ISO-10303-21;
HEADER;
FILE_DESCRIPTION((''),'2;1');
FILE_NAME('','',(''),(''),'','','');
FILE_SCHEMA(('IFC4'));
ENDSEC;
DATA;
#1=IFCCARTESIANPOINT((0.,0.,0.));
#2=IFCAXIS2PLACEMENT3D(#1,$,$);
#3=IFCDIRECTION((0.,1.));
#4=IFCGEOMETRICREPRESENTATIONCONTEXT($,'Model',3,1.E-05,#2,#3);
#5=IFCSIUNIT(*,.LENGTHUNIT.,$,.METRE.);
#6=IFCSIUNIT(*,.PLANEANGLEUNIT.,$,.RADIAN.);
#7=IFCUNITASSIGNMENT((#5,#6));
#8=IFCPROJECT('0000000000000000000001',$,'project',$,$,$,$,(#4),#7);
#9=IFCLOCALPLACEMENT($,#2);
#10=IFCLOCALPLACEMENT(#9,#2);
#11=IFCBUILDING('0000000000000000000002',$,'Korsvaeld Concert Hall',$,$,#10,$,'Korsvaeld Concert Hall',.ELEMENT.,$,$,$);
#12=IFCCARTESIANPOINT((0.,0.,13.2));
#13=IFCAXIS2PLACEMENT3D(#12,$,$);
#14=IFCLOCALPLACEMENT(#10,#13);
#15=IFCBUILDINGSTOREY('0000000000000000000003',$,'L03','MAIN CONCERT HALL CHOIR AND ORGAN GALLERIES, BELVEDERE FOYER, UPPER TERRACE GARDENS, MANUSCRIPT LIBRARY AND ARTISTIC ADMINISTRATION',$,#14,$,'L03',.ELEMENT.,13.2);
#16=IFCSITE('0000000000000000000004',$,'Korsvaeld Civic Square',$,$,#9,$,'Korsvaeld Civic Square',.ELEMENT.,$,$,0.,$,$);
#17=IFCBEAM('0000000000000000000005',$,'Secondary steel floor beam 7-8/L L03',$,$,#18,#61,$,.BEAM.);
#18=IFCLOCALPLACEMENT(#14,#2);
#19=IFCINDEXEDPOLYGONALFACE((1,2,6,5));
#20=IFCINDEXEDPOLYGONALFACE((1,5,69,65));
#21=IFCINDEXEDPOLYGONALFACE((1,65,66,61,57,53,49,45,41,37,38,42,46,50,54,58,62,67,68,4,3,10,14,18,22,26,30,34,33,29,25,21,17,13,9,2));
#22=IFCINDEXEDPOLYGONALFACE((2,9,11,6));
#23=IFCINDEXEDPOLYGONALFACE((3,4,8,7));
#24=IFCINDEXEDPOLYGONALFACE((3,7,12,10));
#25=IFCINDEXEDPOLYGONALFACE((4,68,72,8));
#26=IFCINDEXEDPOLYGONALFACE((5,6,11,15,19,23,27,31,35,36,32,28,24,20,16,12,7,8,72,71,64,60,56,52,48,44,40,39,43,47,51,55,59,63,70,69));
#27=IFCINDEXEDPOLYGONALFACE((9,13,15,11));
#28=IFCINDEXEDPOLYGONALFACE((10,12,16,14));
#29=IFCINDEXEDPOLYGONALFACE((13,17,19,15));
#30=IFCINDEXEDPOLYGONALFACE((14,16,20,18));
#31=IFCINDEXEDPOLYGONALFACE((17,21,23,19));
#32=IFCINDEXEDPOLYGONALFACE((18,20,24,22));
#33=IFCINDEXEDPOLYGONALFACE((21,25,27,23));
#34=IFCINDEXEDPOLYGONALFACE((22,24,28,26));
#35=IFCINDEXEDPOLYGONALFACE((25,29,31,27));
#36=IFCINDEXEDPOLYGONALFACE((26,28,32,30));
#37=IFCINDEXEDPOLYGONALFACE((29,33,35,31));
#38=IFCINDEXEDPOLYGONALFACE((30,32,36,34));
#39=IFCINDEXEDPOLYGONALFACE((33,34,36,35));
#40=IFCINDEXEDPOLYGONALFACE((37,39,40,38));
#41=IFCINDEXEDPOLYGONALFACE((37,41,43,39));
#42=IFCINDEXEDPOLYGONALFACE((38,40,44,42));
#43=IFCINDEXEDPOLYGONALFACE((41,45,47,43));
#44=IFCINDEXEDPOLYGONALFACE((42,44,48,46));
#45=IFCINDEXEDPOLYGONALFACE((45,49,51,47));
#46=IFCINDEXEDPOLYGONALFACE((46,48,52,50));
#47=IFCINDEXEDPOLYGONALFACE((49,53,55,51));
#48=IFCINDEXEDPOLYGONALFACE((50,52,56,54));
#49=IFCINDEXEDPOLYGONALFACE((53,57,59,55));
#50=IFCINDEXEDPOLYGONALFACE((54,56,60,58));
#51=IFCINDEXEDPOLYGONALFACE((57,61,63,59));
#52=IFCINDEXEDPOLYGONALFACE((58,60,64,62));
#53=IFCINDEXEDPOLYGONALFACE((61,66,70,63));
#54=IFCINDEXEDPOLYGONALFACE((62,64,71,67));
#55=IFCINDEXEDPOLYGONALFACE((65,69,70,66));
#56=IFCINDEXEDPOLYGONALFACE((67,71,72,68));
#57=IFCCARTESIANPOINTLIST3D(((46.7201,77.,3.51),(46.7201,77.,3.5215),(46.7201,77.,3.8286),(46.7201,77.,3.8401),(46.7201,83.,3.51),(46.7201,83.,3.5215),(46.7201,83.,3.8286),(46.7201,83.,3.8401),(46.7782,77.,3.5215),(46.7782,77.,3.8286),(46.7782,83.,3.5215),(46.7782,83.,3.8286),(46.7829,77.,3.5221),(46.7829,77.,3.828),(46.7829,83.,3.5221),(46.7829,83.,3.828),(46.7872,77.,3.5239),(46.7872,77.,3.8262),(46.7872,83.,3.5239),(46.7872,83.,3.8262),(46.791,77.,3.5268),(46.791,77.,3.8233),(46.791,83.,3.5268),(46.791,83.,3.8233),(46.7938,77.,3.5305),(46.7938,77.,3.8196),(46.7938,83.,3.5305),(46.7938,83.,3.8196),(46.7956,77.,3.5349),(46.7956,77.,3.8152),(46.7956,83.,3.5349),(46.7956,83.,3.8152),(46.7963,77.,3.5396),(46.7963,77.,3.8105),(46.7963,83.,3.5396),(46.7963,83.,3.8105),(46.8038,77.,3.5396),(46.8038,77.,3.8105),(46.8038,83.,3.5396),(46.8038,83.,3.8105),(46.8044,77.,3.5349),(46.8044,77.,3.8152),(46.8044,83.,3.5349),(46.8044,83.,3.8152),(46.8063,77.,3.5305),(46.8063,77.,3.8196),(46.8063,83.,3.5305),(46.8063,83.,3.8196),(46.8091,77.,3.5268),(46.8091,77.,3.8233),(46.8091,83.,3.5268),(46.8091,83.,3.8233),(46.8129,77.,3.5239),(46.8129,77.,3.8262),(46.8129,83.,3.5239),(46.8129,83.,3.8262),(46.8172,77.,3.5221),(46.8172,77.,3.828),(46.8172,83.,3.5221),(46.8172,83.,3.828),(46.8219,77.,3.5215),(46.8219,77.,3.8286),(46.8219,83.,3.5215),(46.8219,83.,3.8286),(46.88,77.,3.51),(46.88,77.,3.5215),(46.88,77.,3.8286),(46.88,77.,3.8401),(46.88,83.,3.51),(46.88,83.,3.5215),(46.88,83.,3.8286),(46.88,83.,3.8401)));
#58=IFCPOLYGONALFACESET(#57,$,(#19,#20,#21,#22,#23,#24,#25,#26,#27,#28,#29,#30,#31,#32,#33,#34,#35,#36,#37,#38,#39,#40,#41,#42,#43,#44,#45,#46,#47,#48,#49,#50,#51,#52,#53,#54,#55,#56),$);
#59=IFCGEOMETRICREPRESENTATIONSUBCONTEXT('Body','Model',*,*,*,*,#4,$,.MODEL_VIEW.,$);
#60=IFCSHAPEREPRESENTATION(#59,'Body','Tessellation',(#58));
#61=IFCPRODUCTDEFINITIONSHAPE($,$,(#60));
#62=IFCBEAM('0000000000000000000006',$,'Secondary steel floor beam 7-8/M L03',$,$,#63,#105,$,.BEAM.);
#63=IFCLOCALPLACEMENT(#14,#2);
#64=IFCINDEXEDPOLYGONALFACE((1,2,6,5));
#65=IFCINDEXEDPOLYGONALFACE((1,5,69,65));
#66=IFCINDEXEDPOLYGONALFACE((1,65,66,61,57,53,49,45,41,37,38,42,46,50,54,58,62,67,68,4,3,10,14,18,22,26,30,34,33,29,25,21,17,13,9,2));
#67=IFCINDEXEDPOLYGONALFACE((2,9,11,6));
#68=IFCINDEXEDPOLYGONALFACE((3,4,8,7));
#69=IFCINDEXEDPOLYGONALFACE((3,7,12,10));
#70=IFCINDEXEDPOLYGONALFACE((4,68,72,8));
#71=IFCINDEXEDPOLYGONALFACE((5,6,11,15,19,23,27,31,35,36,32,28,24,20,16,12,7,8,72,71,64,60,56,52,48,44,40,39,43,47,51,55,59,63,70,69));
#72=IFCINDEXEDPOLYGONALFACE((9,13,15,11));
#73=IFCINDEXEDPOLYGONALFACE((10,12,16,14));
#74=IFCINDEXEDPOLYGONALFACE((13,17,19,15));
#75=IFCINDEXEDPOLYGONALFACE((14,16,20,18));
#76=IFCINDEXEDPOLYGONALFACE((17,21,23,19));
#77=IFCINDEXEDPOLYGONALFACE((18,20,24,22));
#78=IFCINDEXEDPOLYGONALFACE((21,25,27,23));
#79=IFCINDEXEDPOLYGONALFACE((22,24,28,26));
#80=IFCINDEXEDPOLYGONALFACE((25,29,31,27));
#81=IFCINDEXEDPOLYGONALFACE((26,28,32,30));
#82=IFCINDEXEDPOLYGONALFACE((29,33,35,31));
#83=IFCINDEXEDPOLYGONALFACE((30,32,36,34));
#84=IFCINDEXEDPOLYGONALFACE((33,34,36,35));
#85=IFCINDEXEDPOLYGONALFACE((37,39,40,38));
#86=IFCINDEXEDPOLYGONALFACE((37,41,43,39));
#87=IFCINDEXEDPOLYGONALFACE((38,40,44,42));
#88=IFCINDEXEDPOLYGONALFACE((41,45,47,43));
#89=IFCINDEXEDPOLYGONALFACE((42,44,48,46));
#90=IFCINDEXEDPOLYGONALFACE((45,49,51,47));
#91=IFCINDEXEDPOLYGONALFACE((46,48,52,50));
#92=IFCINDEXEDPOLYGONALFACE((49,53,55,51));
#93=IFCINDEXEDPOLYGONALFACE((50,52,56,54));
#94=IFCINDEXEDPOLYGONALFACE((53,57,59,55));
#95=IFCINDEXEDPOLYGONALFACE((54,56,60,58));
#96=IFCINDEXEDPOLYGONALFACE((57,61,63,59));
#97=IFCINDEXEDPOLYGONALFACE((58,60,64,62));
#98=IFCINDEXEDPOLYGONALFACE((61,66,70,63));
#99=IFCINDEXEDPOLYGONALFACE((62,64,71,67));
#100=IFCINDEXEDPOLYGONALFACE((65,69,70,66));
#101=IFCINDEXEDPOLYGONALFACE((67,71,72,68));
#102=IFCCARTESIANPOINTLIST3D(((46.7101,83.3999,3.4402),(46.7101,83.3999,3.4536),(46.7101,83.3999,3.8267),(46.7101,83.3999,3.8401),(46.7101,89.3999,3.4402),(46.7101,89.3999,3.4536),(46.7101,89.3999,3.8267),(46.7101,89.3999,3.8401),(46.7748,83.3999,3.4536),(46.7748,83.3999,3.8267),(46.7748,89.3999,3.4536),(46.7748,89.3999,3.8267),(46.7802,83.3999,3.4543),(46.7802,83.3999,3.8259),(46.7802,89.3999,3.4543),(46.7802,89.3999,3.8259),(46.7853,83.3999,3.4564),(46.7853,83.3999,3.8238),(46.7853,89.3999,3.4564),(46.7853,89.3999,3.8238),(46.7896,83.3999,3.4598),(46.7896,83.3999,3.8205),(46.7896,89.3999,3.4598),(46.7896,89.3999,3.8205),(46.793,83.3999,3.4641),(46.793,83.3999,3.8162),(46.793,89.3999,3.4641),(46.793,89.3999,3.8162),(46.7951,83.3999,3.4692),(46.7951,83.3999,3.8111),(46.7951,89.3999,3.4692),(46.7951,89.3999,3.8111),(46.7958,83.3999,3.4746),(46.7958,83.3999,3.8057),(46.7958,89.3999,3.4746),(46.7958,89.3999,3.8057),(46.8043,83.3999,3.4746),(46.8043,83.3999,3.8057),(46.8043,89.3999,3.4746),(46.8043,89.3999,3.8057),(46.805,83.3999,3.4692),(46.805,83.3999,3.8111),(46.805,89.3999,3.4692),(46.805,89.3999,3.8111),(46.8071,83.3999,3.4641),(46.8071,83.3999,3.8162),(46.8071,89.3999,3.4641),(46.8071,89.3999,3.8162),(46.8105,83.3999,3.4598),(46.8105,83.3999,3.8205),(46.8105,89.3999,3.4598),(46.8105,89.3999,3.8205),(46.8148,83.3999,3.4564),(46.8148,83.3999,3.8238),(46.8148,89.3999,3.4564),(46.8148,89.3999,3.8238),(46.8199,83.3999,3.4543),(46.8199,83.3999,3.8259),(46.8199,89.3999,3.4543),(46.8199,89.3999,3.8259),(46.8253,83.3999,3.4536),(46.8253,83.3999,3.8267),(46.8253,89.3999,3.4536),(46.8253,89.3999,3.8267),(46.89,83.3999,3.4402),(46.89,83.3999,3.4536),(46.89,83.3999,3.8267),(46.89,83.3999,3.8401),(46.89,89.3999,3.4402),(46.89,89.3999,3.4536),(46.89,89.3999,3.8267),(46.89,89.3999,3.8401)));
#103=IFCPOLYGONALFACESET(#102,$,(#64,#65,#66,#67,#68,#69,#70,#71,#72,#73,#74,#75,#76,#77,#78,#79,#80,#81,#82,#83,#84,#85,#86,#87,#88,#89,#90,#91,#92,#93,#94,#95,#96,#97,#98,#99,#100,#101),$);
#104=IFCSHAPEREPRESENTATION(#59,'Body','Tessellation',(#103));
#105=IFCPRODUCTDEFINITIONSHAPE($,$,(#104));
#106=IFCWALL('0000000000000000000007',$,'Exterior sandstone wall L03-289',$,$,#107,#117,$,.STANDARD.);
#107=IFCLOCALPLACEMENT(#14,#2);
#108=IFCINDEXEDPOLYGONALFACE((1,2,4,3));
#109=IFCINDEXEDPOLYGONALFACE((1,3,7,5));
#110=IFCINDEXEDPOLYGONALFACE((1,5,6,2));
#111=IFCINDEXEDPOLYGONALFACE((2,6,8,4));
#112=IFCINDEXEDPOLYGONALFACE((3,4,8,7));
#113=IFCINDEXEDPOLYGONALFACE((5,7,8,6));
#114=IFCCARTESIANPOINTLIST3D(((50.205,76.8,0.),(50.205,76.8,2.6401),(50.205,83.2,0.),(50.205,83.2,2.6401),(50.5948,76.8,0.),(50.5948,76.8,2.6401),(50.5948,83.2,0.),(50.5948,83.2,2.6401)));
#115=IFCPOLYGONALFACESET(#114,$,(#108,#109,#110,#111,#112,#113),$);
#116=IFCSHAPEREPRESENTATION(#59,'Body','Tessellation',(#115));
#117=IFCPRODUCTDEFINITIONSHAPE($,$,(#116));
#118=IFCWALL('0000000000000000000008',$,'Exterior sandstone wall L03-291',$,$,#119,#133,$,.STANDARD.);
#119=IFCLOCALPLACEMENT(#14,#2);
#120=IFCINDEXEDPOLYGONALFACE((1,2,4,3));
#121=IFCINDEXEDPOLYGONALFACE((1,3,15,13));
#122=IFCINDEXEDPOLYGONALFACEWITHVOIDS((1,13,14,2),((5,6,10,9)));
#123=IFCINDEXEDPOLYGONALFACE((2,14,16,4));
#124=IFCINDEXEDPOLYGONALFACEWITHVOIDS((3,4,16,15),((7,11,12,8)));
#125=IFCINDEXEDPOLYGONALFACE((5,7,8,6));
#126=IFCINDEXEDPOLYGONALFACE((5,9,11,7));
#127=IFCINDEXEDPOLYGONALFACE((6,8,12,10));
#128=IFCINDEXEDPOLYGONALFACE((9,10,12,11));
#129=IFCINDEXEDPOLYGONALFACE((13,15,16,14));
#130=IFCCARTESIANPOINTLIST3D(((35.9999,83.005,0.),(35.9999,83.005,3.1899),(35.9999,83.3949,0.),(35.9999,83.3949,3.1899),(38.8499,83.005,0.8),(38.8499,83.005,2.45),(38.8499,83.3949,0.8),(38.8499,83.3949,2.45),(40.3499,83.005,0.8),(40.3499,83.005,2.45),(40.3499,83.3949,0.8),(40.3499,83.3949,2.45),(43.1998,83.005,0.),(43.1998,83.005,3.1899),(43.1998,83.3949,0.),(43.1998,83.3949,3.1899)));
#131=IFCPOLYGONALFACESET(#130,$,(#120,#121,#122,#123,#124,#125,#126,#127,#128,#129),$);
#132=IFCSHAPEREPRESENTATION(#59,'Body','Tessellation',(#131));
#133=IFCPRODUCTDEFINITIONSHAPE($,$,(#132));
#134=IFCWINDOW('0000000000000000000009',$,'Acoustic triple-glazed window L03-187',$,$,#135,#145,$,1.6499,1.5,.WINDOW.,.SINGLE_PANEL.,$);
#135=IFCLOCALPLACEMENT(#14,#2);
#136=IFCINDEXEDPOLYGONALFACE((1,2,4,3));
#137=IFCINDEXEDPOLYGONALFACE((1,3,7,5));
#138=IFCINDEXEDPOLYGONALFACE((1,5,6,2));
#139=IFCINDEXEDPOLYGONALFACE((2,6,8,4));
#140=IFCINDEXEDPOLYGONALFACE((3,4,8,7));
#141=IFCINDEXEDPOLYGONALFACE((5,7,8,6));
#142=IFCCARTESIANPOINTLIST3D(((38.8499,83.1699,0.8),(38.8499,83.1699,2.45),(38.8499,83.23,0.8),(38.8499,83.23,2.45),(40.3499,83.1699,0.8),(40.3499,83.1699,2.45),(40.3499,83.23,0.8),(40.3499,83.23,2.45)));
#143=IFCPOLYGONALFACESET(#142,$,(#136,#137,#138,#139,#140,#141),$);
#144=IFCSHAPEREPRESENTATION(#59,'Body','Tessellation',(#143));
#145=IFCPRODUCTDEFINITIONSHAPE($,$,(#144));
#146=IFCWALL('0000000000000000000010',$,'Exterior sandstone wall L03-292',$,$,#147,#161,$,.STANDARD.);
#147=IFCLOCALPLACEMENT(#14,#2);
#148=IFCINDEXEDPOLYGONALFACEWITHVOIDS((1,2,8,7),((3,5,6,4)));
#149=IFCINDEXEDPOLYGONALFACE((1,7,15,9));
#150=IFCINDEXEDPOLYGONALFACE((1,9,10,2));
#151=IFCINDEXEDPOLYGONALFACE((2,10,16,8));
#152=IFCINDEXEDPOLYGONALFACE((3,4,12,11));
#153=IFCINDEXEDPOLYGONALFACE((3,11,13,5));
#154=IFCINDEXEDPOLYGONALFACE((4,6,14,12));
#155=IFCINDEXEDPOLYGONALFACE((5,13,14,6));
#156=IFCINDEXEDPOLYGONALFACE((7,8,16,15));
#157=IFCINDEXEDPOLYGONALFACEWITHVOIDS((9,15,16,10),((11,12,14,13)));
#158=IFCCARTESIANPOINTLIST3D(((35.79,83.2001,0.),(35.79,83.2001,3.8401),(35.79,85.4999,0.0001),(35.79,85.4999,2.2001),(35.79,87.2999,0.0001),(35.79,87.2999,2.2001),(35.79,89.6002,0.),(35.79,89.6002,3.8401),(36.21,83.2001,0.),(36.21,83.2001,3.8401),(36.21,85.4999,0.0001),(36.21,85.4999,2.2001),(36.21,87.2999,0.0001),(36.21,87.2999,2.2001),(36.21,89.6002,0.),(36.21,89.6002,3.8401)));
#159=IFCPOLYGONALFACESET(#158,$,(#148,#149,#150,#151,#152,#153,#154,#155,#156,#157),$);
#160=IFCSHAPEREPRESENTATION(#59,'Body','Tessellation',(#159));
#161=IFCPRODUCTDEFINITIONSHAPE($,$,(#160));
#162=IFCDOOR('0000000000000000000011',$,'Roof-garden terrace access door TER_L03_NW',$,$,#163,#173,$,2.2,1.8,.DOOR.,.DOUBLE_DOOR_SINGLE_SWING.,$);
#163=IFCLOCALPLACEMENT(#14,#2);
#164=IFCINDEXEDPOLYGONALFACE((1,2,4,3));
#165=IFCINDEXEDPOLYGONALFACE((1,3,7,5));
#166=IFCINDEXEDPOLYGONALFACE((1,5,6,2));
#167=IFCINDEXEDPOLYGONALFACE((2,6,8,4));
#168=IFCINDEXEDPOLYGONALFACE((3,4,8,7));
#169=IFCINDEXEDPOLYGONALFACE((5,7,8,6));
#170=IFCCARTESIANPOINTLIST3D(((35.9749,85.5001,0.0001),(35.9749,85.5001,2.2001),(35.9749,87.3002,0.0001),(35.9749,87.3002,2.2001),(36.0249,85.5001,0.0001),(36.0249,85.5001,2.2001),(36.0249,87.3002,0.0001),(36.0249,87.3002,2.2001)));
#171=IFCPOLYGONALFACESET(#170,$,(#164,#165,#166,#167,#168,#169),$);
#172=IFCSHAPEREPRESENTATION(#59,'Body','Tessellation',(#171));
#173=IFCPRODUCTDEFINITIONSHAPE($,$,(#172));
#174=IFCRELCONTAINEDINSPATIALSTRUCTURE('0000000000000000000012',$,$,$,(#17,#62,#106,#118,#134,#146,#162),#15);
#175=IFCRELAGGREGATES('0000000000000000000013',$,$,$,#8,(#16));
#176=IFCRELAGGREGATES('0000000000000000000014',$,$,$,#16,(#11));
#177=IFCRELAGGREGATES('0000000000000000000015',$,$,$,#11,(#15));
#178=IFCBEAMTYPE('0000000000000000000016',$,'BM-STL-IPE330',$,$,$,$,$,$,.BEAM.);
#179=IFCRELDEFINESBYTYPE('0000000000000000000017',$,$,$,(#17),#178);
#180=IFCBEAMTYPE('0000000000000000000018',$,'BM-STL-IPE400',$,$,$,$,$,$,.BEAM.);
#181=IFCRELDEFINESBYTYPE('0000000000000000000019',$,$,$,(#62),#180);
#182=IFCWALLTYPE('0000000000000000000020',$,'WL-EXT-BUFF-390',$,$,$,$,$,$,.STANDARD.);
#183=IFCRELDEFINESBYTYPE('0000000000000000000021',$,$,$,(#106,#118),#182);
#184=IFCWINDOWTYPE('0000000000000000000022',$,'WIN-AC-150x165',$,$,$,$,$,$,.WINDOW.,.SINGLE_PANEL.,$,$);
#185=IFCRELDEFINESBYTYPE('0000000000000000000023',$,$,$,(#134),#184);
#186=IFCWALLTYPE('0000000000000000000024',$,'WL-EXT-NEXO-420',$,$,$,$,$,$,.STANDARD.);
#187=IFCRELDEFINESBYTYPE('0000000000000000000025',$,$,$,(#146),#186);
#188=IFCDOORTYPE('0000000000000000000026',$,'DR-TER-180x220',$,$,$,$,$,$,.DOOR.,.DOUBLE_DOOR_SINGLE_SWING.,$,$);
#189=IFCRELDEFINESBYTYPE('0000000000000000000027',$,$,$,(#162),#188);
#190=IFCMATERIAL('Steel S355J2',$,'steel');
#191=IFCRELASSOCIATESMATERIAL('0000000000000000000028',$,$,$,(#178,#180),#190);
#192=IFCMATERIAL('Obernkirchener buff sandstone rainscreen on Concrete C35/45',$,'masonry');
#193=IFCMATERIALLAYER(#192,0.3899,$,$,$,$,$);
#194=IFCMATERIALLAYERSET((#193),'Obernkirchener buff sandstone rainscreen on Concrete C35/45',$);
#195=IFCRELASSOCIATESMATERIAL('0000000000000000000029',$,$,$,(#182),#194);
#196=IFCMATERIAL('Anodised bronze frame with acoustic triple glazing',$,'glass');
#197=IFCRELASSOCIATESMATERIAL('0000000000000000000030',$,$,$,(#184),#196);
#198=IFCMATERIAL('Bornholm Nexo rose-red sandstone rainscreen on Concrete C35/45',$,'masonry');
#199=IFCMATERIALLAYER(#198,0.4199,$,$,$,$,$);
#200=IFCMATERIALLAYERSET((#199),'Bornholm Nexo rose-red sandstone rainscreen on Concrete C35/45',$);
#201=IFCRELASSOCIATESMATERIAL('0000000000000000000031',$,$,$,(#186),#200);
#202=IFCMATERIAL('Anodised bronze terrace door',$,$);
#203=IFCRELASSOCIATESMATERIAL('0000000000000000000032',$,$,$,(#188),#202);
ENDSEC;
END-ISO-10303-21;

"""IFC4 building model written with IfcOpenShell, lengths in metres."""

from ifc_helpers import new_model, si_unit, direction, frame, frame_2d, origin, origin_2d, place, context, subcontext, project, spatial, rectangle, i_section, extrude, material, layer, layer_set, material_profile, profile_set, type_object, element, fill, save


model = new_model("IFC4")

# Units and contexts
model_context = context("Model", 3, precision=1e-05, world=origin(), true_north=direction((0.0, 1.0)))
body_context = subcontext(model_context, "Body", "Model", "MODEL_VIEW")
ifc_project = project(units=[si_unit("LENGTHUNIT", "METRE"), si_unit("PLANEANGLEUNIT", "RADIAN")], contexts=[model_context])

# Site, building, storey
site_placement = place(None, origin())
site = spatial("IfcSite", under=ifc_project, at=site_placement, Name="Korsvaeld Civic Square", LongName="Korsvaeld Civic Square", CompositionType="ELEMENT", RefElevation=0.0)
building_placement = place(site_placement, origin())
building = spatial("IfcBuilding", under=site, at=building_placement, Name="Korsvaeld Concert Hall", LongName="Korsvaeld Concert Hall", CompositionType="ELEMENT")
storey_placement = place(building_placement, frame((0.0, 0.0, 13.2)))
storey = spatial("IfcBuildingStorey", under=building, at=storey_placement, Name="L03", Description="MAIN CONCERT HALL CHOIR AND ORGAN GALLERIES, BELVEDERE FOYER, UPPER TERRACE GARDENS, MANUSCRIPT LIBRARY AND ARTISTIC ADMINISTRATION", LongName="L03", CompositionType="ELEMENT", Elevation=13.2)

# Beams
ifc_material_1 = material(Name="Steel S355J2", Category="steel")
ifc_material_profile_1 = material_profile(ifc_material_1, i_section(OverallWidth=0.1599, OverallDepth=0.3301, WebThickness=0.0076, FlangeThickness=0.0115, FilletRadius=0.0181, at=origin_2d()), Name="IPE 330")
ifc_profile_set_1 = profile_set([ifc_material_profile_1], Name="Steel S355J2")
beam_type_1 = type_object("IfcBeamType", Name="BM-STL-IPE330", PredefinedType="BEAM", material=ifc_profile_set_1)
beam_1_placement = place(storey_placement, frame((46.8, 77.0, 3.675), z_axis=(0.0, 1.0, 0.0), x_axis=(-1.0, 0.0, 0.0)))
element("IfcBeam", 1, at=beam_1_placement, inside=storey, type_object=beam_type_1, Name="Secondary steel floor beam 7-8/L L03", PredefinedType="BEAM", context=body_context, shape_type="SweptSolid", body=[
    extrude(i_section(OverallWidth=0.1599, OverallDepth=0.3301, WebThickness=0.0076, FlangeThickness=0.0115, FilletRadius=0.0181, at=origin_2d()), origin(), (0.0, 0.0, 1.0), 6.0),
])
ifc_material_profile_2 = material_profile(ifc_material_1, i_section(OverallWidth=0.1799, OverallDepth=0.3999, WebThickness=0.0085, FlangeThickness=0.0134, FilletRadius=0.021, at=origin_2d()), Name="IPE 400")
ifc_profile_set_2 = profile_set([ifc_material_profile_2], Name="Steel S355J2")
beam_type_2 = type_object("IfcBeamType", Name="BM-STL-IPE400", PredefinedType="BEAM", material=ifc_profile_set_2)
beam_2_placement = place(storey_placement, frame((46.8, 83.3999, 3.6401), z_axis=(0.0, 1.0, 0.0), x_axis=(-1.0, 0.0, 0.0)))
element("IfcBeam", 2, at=beam_2_placement, inside=storey, type_object=beam_type_2, Name="Secondary steel floor beam 7-8/M L03", PredefinedType="BEAM", context=body_context, shape_type="SweptSolid", body=[
    extrude(i_section(OverallWidth=0.1799, OverallDepth=0.3999, WebThickness=0.0085, FlangeThickness=0.0134, FilletRadius=0.021, at=origin_2d()), origin(), (0.0, 0.0, 1.0), 6.0),
])

# Wall
ifc_material_2 = material(Name="Obernkirchener buff sandstone rainscreen on Concrete C35/45", Category="masonry")
ifc_layer_1 = layer(ifc_material_2, 0.3899)
ifc_layer_set_1 = layer_set([ifc_layer_1], Name="Obernkirchener buff sandstone rainscreen on Concrete C35/45")
wall_type_1 = type_object("IfcWallType", Name="WL-EXT-BUFF-390", PredefinedType="STANDARD", material=ifc_layer_set_1)
wall_1_placement = place(storey_placement, frame((50.3999, 76.8, 0.0), z_axis=(0.0, 0.0, 1.0), x_axis=(0.0, 1.0, 0.0)))
element("IfcWall", 3, at=wall_1_placement, inside=storey, type_object=wall_type_1, Name="Exterior sandstone wall L03-289", PredefinedType="STANDARD", context=body_context, shape_type="SweptSolid", body=[
    extrude(rectangle(XDim=6.3999, YDim=0.3899, at=frame_2d((3.2, 0.0))), origin(), (0.0, 0.0, 1.0), 2.6401),
])

# Wall, opening, window
wall_2_placement = place(storey_placement, frame((43.2, 83.2, 0.0), z_axis=(0.0, 0.0, 1.0), x_axis=(-1.0, 0.0, 0.0)))
wall_2 = element("IfcWall", 4, at=wall_2_placement, inside=storey, type_object=wall_type_1, Name="Exterior sandstone wall L03-291", PredefinedType="STANDARD", context=body_context, shape_type="SweptSolid", body=[
    extrude(rectangle(XDim=7.2, YDim=0.3899, at=frame_2d((3.6001, 0.0))), origin(), (0.0, 0.0, 1.0), 3.1899),
])
opening_1_placement = place(wall_2_placement, frame((2.8501, 0.0, 0.8)))
opening_1 = element("IfcOpeningElement", 5, at=opening_1_placement, cuts=wall_2, PredefinedType="OPENING", context=body_context, shape_type="SweptSolid", body=[
    extrude(rectangle(XDim=1.5, YDim=1.6499, at=frame_2d((0.75, 0.825))), frame((0.0, 0.2051, 0.0), z_axis=(0.0, -1.0, 0.0), x_axis=(1.0, 0.0, 0.0)), (0.0, 0.0, 1.0), 0.4099),
])
ifc_material_3 = material(Name="Anodised bronze frame with acoustic triple glazing", Category="glass")
window_type = type_object("IfcWindowType", Name="WIN-AC-150x165", PartitioningType="SINGLE_PANEL", PredefinedType="WINDOW", material=ifc_material_3)
window_placement = place(opening_1_placement, origin())
window = element("IfcWindow", 6, at=window_placement, inside=storey, type_object=window_type, Name="Acoustic triple-glazed window L03-187", OverallHeight=1.6499, OverallWidth=1.5, PartitioningType="SINGLE_PANEL", PredefinedType="WINDOW", context=body_context, shape_type="SweptSolid", body=[
    extrude(rectangle(XDim=1.5, YDim=1.6499, at=frame_2d((0.75, 0.825))), frame((0.0, 0.03, 0.0), z_axis=(0.0, -1.0, 0.0), x_axis=(1.0, 0.0, 0.0)), (0.0, 0.0, 1.0), 0.0601),
])
fill(opening_1, window)

# Wall, opening, door
ifc_material_4 = material(Name="Bornholm Nexo rose-red sandstone rainscreen on Concrete C35/45", Category="masonry")
ifc_layer_2 = layer(ifc_material_4, 0.4199)
ifc_layer_set_2 = layer_set([ifc_layer_2], Name="Bornholm Nexo rose-red sandstone rainscreen on Concrete C35/45")
wall_type_2 = type_object("IfcWallType", Name="WL-EXT-NEXO-420", PredefinedType="STANDARD", material=ifc_layer_set_2)
wall_3_placement = place(storey_placement, frame((36.0, 83.2, 0.0), z_axis=(0.0, 0.0, 1.0), x_axis=(0.0, 1.0, 0.0)))
wall_3 = element("IfcWall", 7, at=wall_3_placement, inside=storey, type_object=wall_type_2, Name="Exterior sandstone wall L03-292", PredefinedType="STANDARD", context=body_context, shape_type="SweptSolid", body=[
    extrude(rectangle(XDim=6.4001, YDim=0.4199, at=frame_2d((3.2002, 0.0))), origin(), (0.0, 0.0, 1.0), 3.8401),
])
opening_2_placement = place(wall_3_placement, frame((2.3, 0.0, 0.0)))
opening_2 = element("IfcOpeningElement", 8, at=opening_2_placement, cuts=wall_3, PredefinedType="OPENING", context=body_context, shape_type="SweptSolid", body=[
    extrude(rectangle(XDim=1.8, YDim=2.2, at=frame_2d((0.8999, 1.1001))), frame((0.0, 0.22, 0.0), z_axis=(0.0, -1.0, 0.0), x_axis=(1.0, 0.0, 0.0)), (0.0, 0.0, 1.0), 0.4399),
])
ifc_material_5 = material(Name="Anodised bronze terrace door")
door_type = type_object("IfcDoorType", Name="DR-TER-180x220", OperationType="DOUBLE_DOOR_SINGLE_SWING", PredefinedType="DOOR", material=ifc_material_5)
door_placement = place(opening_2_placement, frame((1.8, 0.0, 0.0), z_axis=(0.0, 0.0, 1.0), x_axis=(-1.0, 0.0, 0.0)))
door = element("IfcDoor", 9, at=door_placement, inside=storey, type_object=door_type, Name="Roof-garden terrace access door TER_L03_NW", OperationType="DOUBLE_DOOR_SINGLE_SWING", OverallHeight=2.2, OverallWidth=1.8, PredefinedType="DOOR", context=body_context, shape_type="SweptSolid", body=[
    extrude(rectangle(XDim=1.8, YDim=2.2, at=frame_2d((0.8999, 1.1001))), frame((0.0, 0.0249, 0.0), z_axis=(0.0, -1.0, 0.0), x_axis=(1.0, 0.0, 0.0)), (0.0, 0.0, 1.0), 0.05),
])
fill(opening_2, door)

save(model, "model.ifc")
